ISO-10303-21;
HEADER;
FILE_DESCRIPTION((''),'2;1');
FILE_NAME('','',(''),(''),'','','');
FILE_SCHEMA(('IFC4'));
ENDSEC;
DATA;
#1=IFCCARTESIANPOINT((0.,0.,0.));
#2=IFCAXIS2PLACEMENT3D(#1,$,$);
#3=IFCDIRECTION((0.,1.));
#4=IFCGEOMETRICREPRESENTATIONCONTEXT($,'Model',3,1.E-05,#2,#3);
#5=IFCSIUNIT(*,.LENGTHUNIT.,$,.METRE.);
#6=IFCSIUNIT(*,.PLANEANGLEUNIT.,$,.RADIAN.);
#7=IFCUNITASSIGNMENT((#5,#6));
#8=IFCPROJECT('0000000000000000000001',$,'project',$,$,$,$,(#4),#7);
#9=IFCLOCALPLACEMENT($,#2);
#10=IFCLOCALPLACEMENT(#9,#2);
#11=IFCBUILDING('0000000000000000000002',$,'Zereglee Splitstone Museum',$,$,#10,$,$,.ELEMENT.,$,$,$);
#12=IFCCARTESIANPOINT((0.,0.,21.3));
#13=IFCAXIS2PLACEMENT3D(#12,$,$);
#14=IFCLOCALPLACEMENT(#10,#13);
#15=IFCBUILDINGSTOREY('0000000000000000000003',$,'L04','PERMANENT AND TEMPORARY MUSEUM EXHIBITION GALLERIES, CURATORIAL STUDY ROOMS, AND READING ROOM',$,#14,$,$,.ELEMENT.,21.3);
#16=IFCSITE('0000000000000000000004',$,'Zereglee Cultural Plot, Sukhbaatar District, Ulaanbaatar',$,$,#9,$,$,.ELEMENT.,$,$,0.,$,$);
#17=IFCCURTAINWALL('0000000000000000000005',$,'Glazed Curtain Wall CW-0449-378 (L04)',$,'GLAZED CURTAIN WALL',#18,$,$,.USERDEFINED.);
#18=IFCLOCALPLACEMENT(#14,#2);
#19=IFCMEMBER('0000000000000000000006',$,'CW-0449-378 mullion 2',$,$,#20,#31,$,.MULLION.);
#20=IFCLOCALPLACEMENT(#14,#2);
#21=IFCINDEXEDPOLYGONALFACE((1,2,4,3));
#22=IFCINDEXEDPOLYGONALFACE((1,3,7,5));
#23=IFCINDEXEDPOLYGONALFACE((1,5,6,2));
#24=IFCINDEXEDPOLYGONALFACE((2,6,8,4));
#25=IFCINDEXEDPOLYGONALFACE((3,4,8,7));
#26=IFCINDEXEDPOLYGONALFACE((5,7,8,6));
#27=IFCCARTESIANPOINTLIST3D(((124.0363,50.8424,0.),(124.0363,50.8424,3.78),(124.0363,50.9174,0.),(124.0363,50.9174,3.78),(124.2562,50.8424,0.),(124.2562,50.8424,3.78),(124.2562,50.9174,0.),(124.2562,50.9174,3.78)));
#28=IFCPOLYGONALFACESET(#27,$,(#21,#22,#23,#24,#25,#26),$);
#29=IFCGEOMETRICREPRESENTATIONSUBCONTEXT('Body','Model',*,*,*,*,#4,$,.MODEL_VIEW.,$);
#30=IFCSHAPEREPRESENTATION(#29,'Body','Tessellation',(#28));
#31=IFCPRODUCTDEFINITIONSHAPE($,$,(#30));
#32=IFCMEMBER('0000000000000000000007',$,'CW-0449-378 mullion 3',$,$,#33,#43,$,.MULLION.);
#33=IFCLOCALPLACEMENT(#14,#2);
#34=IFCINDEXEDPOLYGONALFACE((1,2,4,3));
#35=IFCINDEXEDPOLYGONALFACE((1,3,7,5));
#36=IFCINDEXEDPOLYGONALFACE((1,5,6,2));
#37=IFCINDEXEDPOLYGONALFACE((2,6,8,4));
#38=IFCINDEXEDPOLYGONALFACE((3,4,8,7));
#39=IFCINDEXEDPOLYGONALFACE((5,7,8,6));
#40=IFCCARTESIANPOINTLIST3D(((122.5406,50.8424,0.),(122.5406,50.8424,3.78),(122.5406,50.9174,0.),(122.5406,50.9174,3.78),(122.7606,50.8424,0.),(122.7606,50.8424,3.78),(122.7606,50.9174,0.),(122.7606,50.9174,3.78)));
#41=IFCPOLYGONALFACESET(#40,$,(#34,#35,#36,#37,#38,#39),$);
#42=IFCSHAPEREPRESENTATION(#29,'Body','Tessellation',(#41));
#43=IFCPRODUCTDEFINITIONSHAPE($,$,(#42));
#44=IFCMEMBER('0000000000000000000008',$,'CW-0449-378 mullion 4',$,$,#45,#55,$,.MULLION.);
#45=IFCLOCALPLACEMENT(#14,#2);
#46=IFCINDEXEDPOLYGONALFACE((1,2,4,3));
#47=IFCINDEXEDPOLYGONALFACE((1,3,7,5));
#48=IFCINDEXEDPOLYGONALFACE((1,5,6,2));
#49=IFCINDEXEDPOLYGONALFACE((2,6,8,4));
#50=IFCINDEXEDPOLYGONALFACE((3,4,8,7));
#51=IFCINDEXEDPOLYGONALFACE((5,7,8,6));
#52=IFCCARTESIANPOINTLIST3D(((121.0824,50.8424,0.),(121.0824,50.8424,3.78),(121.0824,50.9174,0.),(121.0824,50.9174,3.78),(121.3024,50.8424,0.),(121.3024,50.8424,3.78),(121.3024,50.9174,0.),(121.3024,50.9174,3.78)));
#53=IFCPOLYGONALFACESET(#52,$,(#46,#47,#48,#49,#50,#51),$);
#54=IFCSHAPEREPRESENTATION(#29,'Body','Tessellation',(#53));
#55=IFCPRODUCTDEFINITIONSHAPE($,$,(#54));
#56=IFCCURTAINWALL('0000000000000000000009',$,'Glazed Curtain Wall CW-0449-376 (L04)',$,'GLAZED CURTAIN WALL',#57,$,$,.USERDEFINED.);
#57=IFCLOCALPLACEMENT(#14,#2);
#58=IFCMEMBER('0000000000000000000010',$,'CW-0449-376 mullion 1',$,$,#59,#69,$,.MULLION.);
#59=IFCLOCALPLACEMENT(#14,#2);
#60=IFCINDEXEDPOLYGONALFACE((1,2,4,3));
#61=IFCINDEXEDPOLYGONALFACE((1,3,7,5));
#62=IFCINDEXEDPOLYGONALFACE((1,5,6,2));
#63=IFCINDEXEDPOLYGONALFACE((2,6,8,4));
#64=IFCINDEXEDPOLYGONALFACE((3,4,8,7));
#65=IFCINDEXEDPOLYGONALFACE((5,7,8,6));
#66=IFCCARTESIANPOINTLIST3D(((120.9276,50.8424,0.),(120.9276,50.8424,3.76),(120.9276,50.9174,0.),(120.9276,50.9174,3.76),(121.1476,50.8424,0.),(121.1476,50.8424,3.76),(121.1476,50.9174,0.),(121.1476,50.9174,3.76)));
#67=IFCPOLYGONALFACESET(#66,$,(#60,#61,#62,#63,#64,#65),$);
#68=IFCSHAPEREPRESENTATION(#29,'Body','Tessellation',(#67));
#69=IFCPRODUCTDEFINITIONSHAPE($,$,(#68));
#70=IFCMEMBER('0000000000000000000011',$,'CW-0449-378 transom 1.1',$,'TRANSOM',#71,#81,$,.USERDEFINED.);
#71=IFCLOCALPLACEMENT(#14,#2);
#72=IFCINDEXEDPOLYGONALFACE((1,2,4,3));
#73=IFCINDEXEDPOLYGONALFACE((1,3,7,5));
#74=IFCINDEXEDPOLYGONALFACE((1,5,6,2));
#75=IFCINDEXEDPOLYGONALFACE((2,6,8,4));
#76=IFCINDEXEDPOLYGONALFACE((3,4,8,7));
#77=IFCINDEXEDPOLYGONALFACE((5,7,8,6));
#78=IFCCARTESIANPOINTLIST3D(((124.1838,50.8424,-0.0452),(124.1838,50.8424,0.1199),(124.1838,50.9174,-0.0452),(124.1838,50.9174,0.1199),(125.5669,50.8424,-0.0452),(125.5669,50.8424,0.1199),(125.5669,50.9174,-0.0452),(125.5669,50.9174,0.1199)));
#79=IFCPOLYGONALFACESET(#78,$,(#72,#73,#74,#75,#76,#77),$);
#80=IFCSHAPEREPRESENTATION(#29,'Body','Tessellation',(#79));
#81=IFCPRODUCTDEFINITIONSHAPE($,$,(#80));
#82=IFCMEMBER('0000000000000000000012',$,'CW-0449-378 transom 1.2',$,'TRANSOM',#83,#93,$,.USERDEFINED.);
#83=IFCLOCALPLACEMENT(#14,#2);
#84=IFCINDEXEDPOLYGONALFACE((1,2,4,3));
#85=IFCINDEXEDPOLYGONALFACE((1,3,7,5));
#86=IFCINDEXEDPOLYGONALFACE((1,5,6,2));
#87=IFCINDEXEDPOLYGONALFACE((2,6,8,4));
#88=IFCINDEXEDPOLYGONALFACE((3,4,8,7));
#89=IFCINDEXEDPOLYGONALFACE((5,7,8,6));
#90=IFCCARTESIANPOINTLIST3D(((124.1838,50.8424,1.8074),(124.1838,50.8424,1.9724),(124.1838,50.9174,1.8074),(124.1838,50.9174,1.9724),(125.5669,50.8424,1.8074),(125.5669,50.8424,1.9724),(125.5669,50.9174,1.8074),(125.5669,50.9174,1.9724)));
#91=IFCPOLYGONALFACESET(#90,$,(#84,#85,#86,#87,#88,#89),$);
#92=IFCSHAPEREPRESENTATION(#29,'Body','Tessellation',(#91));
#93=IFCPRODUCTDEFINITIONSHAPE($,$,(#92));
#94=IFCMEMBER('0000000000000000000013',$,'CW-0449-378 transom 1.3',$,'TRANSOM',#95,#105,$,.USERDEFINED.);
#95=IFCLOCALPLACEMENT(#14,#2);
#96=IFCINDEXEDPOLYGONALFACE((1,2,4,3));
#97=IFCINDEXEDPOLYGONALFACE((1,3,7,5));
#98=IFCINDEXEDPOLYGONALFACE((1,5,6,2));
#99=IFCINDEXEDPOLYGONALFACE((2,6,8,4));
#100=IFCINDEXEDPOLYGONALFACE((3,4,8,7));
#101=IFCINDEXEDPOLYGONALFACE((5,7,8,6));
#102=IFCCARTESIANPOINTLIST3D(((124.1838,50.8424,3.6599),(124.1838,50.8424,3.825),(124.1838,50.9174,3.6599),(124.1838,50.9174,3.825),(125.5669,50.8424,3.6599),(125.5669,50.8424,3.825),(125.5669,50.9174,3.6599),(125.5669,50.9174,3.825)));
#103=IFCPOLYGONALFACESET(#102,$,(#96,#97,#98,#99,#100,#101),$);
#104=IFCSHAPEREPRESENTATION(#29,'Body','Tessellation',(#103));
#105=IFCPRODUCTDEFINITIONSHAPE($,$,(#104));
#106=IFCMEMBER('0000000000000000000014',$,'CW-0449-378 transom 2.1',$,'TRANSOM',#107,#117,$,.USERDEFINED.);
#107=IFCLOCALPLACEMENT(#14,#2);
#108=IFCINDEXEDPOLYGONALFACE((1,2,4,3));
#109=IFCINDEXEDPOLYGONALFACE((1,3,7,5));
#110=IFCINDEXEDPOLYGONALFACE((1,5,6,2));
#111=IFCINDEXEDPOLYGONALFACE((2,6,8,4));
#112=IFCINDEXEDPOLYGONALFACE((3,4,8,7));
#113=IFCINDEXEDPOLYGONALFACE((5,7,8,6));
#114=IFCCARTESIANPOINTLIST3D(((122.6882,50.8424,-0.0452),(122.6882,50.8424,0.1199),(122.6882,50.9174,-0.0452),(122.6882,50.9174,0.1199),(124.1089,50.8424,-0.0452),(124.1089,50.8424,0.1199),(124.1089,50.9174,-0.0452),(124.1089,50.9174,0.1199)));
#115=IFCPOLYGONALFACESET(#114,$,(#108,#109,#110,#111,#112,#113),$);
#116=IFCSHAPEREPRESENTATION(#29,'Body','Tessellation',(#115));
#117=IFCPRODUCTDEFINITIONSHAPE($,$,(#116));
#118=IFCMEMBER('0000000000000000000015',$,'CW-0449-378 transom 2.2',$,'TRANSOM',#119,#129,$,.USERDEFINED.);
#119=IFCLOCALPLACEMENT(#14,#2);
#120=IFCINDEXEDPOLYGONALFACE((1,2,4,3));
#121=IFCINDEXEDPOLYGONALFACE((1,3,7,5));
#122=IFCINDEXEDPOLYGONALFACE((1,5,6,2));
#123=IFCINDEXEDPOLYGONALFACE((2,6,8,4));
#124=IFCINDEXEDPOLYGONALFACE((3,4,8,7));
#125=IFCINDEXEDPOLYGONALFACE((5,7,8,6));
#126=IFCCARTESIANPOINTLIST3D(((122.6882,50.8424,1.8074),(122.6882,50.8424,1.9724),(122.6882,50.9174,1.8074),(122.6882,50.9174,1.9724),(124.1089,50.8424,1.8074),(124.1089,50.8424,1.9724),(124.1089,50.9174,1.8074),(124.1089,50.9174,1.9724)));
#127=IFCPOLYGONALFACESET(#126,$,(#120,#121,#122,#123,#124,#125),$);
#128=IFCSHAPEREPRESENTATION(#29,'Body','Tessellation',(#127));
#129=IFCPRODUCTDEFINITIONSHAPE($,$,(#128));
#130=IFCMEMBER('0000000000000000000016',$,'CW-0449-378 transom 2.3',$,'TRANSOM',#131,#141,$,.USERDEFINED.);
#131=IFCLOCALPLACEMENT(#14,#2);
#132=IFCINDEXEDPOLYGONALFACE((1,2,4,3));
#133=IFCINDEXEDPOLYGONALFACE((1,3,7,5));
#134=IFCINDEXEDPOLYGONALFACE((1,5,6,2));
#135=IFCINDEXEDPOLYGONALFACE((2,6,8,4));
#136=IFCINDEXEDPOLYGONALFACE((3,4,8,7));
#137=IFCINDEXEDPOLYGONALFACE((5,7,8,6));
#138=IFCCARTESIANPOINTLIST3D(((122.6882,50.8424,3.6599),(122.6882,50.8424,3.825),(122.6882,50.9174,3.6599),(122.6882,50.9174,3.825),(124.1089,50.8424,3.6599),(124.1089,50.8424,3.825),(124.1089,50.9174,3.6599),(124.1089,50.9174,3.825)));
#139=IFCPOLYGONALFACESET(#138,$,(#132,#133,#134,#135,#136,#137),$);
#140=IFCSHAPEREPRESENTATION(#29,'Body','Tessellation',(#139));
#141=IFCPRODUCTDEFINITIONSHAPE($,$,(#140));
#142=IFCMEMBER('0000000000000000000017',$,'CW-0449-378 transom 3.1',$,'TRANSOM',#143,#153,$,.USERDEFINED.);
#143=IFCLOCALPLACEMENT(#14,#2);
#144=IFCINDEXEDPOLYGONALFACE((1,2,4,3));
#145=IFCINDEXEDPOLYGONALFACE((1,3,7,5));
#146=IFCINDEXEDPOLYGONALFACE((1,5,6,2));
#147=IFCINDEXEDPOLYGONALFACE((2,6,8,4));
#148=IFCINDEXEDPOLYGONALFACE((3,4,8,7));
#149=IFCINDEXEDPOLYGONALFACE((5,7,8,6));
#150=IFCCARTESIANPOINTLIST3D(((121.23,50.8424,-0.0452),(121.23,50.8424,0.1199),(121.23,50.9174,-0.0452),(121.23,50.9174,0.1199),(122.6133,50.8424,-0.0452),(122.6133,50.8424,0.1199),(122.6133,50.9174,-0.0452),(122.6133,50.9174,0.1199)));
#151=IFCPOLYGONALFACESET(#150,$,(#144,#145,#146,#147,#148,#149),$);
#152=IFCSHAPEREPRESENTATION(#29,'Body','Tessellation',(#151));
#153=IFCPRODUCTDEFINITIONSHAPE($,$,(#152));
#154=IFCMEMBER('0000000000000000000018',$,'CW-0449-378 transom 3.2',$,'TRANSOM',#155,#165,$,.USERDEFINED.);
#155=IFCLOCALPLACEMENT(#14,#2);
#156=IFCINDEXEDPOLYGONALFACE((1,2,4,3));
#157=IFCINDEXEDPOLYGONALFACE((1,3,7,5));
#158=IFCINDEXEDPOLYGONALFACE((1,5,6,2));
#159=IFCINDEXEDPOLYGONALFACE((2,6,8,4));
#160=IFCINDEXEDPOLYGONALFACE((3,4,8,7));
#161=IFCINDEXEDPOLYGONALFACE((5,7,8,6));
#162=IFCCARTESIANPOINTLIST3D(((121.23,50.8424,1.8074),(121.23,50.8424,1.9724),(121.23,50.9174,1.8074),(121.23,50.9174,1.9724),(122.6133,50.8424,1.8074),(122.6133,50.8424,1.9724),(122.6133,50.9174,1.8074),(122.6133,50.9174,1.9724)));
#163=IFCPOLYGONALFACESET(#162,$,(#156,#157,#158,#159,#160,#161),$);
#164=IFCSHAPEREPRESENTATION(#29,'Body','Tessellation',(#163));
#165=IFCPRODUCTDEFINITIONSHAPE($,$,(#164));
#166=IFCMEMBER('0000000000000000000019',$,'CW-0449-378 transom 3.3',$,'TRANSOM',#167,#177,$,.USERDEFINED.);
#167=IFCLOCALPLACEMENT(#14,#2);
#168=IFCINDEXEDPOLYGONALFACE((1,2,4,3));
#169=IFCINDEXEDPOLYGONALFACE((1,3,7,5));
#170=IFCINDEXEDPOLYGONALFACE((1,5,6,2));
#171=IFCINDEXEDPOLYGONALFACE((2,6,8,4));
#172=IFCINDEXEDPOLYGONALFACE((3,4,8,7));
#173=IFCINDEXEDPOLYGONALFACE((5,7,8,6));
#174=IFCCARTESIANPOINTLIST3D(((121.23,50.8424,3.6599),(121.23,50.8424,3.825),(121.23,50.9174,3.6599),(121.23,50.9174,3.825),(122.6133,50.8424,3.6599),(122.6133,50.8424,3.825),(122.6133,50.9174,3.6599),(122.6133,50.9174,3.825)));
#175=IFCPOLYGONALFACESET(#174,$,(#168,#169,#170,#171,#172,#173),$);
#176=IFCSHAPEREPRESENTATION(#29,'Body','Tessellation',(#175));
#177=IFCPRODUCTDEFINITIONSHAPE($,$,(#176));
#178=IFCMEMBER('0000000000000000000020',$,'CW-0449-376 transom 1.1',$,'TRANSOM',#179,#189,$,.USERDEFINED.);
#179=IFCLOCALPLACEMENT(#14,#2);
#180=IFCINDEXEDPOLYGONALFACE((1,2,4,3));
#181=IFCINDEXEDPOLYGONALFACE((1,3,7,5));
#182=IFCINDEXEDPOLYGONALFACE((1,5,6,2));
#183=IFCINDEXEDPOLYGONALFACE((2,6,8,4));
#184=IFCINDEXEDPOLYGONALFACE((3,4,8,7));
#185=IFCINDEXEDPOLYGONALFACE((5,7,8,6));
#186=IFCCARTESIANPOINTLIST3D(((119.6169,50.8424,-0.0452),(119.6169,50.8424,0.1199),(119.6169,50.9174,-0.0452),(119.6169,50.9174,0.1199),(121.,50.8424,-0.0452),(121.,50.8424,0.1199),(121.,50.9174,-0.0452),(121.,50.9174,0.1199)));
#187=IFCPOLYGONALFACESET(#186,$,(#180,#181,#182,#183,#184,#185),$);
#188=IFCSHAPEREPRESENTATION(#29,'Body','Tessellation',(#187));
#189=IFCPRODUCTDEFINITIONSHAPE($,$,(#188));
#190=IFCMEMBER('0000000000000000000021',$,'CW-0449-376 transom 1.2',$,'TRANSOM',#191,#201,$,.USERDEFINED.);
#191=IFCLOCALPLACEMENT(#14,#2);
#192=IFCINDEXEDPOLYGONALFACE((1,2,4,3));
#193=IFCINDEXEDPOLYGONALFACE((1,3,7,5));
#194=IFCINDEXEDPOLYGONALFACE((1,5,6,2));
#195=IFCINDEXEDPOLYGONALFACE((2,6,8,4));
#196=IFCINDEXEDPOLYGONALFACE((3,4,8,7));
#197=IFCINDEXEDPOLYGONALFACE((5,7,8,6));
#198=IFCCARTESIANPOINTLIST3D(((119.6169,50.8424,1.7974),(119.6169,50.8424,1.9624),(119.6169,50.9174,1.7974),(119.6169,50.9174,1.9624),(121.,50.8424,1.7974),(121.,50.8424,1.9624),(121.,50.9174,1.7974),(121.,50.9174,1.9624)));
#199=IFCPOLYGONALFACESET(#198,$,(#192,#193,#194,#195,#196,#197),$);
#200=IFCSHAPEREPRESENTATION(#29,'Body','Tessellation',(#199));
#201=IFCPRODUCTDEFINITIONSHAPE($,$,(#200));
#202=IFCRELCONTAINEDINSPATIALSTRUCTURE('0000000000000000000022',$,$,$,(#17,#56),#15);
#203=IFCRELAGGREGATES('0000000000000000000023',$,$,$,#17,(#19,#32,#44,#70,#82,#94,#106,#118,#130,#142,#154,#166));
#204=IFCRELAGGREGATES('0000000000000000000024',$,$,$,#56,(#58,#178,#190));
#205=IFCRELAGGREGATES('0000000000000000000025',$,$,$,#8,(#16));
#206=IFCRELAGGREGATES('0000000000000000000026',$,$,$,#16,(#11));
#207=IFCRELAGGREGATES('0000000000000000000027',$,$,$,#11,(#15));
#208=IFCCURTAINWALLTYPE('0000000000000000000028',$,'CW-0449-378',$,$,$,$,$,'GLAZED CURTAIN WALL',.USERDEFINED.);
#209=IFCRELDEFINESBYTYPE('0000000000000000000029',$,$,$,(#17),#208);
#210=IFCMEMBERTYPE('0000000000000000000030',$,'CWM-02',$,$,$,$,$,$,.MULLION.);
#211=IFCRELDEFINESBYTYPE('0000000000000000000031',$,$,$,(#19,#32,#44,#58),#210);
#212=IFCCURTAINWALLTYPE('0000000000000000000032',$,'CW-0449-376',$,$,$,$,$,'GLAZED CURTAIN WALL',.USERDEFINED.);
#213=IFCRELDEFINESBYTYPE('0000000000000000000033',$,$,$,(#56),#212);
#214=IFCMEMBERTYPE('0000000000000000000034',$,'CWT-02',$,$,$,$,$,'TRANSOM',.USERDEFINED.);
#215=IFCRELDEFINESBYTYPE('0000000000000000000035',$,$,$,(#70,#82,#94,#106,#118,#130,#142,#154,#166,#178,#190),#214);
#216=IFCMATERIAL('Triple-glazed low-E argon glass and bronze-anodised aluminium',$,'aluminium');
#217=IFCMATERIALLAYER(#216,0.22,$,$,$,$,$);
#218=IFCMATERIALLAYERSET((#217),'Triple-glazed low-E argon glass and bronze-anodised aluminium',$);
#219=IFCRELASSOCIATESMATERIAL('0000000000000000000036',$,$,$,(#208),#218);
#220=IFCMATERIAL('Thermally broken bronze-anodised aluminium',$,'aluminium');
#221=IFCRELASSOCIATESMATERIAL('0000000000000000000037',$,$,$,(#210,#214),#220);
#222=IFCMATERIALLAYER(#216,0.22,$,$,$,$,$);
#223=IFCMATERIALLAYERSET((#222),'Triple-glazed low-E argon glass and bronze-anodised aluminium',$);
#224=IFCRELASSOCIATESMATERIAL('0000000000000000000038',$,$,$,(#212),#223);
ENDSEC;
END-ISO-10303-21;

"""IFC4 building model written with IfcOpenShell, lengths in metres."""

from ifc_helpers import new_model, si_unit, direction, frame, origin, origin_2d, place, context, subcontext, project, spatial, rectangle, extrude, material, layer, layer_set, material_profile, profile_set, type_object, element, aggregate, save


model = new_model("IFC4")

# Units and contexts
model_context = context("Model", 3, precision=1e-05, world=origin(), true_north=direction((0.0, 1.0)))
body_context = subcontext(model_context, "Body", "Model", "MODEL_VIEW")
ifc_project = project(units=[si_unit("LENGTHUNIT", "METRE"), si_unit("PLANEANGLEUNIT", "RADIAN")], contexts=[model_context])

# Site, building, storey
site_placement = place(None, origin())
site = spatial("IfcSite", under=ifc_project, at=site_placement, Name="Zereglee Cultural Plot, Sukhbaatar District, Ulaanbaatar", CompositionType="ELEMENT", RefElevation=0.0)
building_placement = place(site_placement, origin())
building = spatial("IfcBuilding", under=site, at=building_placement, Name="Zereglee Splitstone Museum", CompositionType="ELEMENT")
storey_placement = place(building_placement, frame((0.0, 0.0, 21.3)))
storey = spatial("IfcBuildingStorey", under=building, at=storey_placement, Name="L04", Description="PERMANENT AND TEMPORARY MUSEUM EXHIBITION GALLERIES, CURATORIAL STUDY ROOMS, AND READING ROOM", CompositionType="ELEMENT", Elevation=21.3)

# Curtain wall, members
ifc_material_1 = material(Name="Triple-glazed low-E argon glass and bronze-anodised aluminium", Category="aluminium")
ifc_layer_1 = layer(ifc_material_1, 0.22)
ifc_layer_set_1 = layer_set([ifc_layer_1], Name="Triple-glazed low-E argon glass and bronze-anodised aluminium")
curtain_wall_type_1 = type_object("IfcCurtainWallType", Name="CW-0449-378", ElementType="GLAZED CURTAIN WALL", PredefinedType="USERDEFINED", material=ifc_layer_set_1)
curtain_wall_1_placement = place(storey_placement, origin())
curtain_wall_1 = element("IfcCurtainWall", 1, at=curtain_wall_1_placement, inside=storey, type_object=curtain_wall_type_1, Name="Glazed Curtain Wall CW-0449-378 (L04)", ObjectType="GLAZED CURTAIN WALL", PredefinedType="USERDEFINED")
ifc_material_2 = material(Name="Thermally broken bronze-anodised aluminium", Category="aluminium")
ifc_material_profile_1 = material_profile(ifc_material_2, rectangle(XDim=0.075, YDim=0.22, at=origin_2d()), Name="CW MULL 75x220")
ifc_profile_set_1 = profile_set([ifc_material_profile_1], Name="Thermally broken bronze-anodised aluminium")
member_type_1 = type_object("IfcMemberType", Name="CWM-02", PredefinedType="MULLION", material=ifc_profile_set_1)
member_1_placement = place(storey_placement, frame((124.1462, 50.8799, 0.0), z_axis=(0.0, 0.0, 1.0), x_axis=(0.0, -1.0, 0.0)))
member_1 = element("IfcMember", 2, at=member_1_placement, type_object=member_type_1, Name="CW-0449-378 mullion 2", PredefinedType="MULLION", context=body_context, shape_type="SweptSolid", body=[
    extrude(rectangle(XDim=0.075, YDim=0.22, at=origin_2d()), origin(), (0.0, 0.0, 1.0), 3.78),
])
member_2_placement = place(storey_placement, frame((122.6506, 50.8799, 0.0), z_axis=(0.0, 0.0, 1.0), x_axis=(0.0, -1.0, 0.0)))
member_2 = element("IfcMember", 3, at=member_2_placement, type_object=member_type_1, Name="CW-0449-378 mullion 3", PredefinedType="MULLION", context=body_context, shape_type="SweptSolid", body=[
    extrude(rectangle(XDim=0.075, YDim=0.22, at=origin_2d()), origin(), (0.0, 0.0, 1.0), 3.78),
])
member_3_placement = place(storey_placement, frame((121.1924, 50.8799, 0.0), z_axis=(0.0, 0.0, 1.0), x_axis=(0.0, -1.0, 0.0)))
member_3 = element("IfcMember", 4, at=member_3_placement, type_object=member_type_1, Name="CW-0449-378 mullion 4", PredefinedType="MULLION", context=body_context, shape_type="SweptSolid", body=[
    extrude(rectangle(XDim=0.075, YDim=0.22, at=origin_2d()), origin(), (0.0, 0.0, 1.0), 3.78),
])

# Curtain wall, member
ifc_layer_2 = layer(ifc_material_1, 0.22)
ifc_layer_set_2 = layer_set([ifc_layer_2], Name="Triple-glazed low-E argon glass and bronze-anodised aluminium")
curtain_wall_type_2 = type_object("IfcCurtainWallType", Name="CW-0449-376", ElementType="GLAZED CURTAIN WALL", PredefinedType="USERDEFINED", material=ifc_layer_set_2)
curtain_wall_2_placement = place(storey_placement, origin())
curtain_wall_2 = element("IfcCurtainWall", 5, at=curtain_wall_2_placement, inside=storey, type_object=curtain_wall_type_2, Name="Glazed Curtain Wall CW-0449-376 (L04)", ObjectType="GLAZED CURTAIN WALL", PredefinedType="USERDEFINED")
member_4_placement = place(storey_placement, frame((121.0376, 50.8799, 0.0), z_axis=(0.0, 0.0, 1.0), x_axis=(0.0, -1.0, 0.0)))
member_4 = element("IfcMember", 6, at=member_4_placement, type_object=member_type_1, Name="CW-0449-376 mullion 1", PredefinedType="MULLION", context=body_context, shape_type="SweptSolid", body=[
    extrude(rectangle(XDim=0.075, YDim=0.22, at=origin_2d()), origin(), (0.0, 0.0, 1.0), 3.76),
])

# Members
ifc_material_profile_2 = material_profile(ifc_material_2, rectangle(XDim=0.075, YDim=0.165, at=origin_2d()), Name="CW TRAN 75x165")
ifc_profile_set_2 = profile_set([ifc_material_profile_2], Name="Thermally broken bronze-anodised aluminium")
member_type_2 = type_object("IfcMemberType", Name="CWT-02", ElementType="TRANSOM", PredefinedType="USERDEFINED", material=ifc_profile_set_2)
member_5_placement = place(storey_placement, frame((125.5669, 50.8799, 0.0374), z_axis=(-1.0, 0.0, 0.0), x_axis=(0.0, -1.0, 0.0)))
member_5 = element("IfcMember", 7, at=member_5_placement, type_object=member_type_2, Name="CW-0449-378 transom 1.1", ObjectType="TRANSOM", PredefinedType="USERDEFINED", context=body_context, shape_type="SweptSolid", body=[
    extrude(rectangle(XDim=0.075, YDim=0.165, at=origin_2d()), origin(), (0.0, 0.0, 1.0), 1.3831),
])
member_6_placement = place(storey_placement, frame((125.5669, 50.8799, 1.8899), z_axis=(-1.0, 0.0, 0.0), x_axis=(0.0, -1.0, 0.0)))
member_6 = element("IfcMember", 8, at=member_6_placement, type_object=member_type_2, Name="CW-0449-378 transom 1.2", ObjectType="TRANSOM", PredefinedType="USERDEFINED", context=body_context, shape_type="SweptSolid", body=[
    extrude(rectangle(XDim=0.075, YDim=0.165, at=origin_2d()), origin(), (0.0, 0.0, 1.0), 1.3831),
])
member_7_placement = place(storey_placement, frame((125.5669, 50.8799, 3.7424), z_axis=(-1.0, 0.0, 0.0), x_axis=(0.0, -1.0, 0.0)))
member_7 = element("IfcMember", 9, at=member_7_placement, type_object=member_type_2, Name="CW-0449-378 transom 1.3", ObjectType="TRANSOM", PredefinedType="USERDEFINED", context=body_context, shape_type="SweptSolid", body=[
    extrude(rectangle(XDim=0.075, YDim=0.165, at=origin_2d()), origin(), (0.0, 0.0, 1.0), 1.3831),
])
member_8_placement = place(storey_placement, frame((124.1089, 50.8799, 0.0374), z_axis=(-1.0, 0.0, 0.0), x_axis=(0.0, -1.0, 0.0)))
member_8 = element("IfcMember", 10, at=member_8_placement, type_object=member_type_2, Name="CW-0449-378 transom 2.1", ObjectType="TRANSOM", PredefinedType="USERDEFINED", context=body_context, shape_type="SweptSolid", body=[
    extrude(rectangle(XDim=0.075, YDim=0.165, at=origin_2d()), origin(), (0.0, 0.0, 1.0), 1.4207),
])
member_9_placement = place(storey_placement, frame((124.1089, 50.8799, 1.8899), z_axis=(-1.0, 0.0, 0.0), x_axis=(0.0, -1.0, 0.0)))
member_9 = element("IfcMember", 11, at=member_9_placement, type_object=member_type_2, Name="CW-0449-378 transom 2.2", ObjectType="TRANSOM", PredefinedType="USERDEFINED", context=body_context, shape_type="SweptSolid", body=[
    extrude(rectangle(XDim=0.075, YDim=0.165, at=origin_2d()), origin(), (0.0, 0.0, 1.0), 1.4207),
])
member_10_placement = place(storey_placement, frame((124.1089, 50.8799, 3.7424), z_axis=(-1.0, 0.0, 0.0), x_axis=(0.0, -1.0, 0.0)))
member_10 = element("IfcMember", 12, at=member_10_placement, type_object=member_type_2, Name="CW-0449-378 transom 2.3", ObjectType="TRANSOM", PredefinedType="USERDEFINED", context=body_context, shape_type="SweptSolid", body=[
    extrude(rectangle(XDim=0.075, YDim=0.165, at=origin_2d()), origin(), (0.0, 0.0, 1.0), 1.4207),
])
member_11_placement = place(storey_placement, frame((122.6133, 50.8799, 0.0374), z_axis=(-1.0, 0.0, 0.0), x_axis=(0.0, -1.0, 0.0)))
member_11 = element("IfcMember", 13, at=member_11_placement, type_object=member_type_2, Name="CW-0449-378 transom 3.1", ObjectType="TRANSOM", PredefinedType="USERDEFINED", context=body_context, shape_type="SweptSolid", body=[
    extrude(rectangle(XDim=0.075, YDim=0.165, at=origin_2d()), origin(), (0.0, 0.0, 1.0), 1.3833),
])
member_12_placement = place(storey_placement, frame((122.6133, 50.8799, 1.8899), z_axis=(-1.0, 0.0, 0.0), x_axis=(0.0, -1.0, 0.0)))
member_12 = element("IfcMember", 14, at=member_12_placement, type_object=member_type_2, Name="CW-0449-378 transom 3.2", ObjectType="TRANSOM", PredefinedType="USERDEFINED", context=body_context, shape_type="SweptSolid", body=[
    extrude(rectangle(XDim=0.075, YDim=0.165, at=origin_2d()), origin(), (0.0, 0.0, 1.0), 1.3833),
])
member_13_placement = place(storey_placement, frame((122.6133, 50.8799, 3.7424), z_axis=(-1.0, 0.0, 0.0), x_axis=(0.0, -1.0, 0.0)))
member_13 = element("IfcMember", 15, at=member_13_placement, type_object=member_type_2, Name="CW-0449-378 transom 3.3", ObjectType="TRANSOM", PredefinedType="USERDEFINED", context=body_context, shape_type="SweptSolid", body=[
    extrude(rectangle(XDim=0.075, YDim=0.165, at=origin_2d()), origin(), (0.0, 0.0, 1.0), 1.3833),
])
member_14_placement = place(storey_placement, frame((121.0, 50.8799, 0.0374), z_axis=(-1.0, 0.0, 0.0), x_axis=(0.0, -1.0, 0.0)))
member_14 = element("IfcMember", 16, at=member_14_placement, type_object=member_type_2, Name="CW-0449-376 transom 1.1", ObjectType="TRANSOM", PredefinedType="USERDEFINED", context=body_context, shape_type="SweptSolid", body=[
    extrude(rectangle(XDim=0.075, YDim=0.165, at=origin_2d()), origin(), (0.0, 0.0, 1.0), 1.3831),
])
member_15_placement = place(storey_placement, frame((121.0, 50.8799, 1.8799), z_axis=(-1.0, 0.0, 0.0), x_axis=(0.0, -1.0, 0.0)))
member_15 = element("IfcMember", 17, at=member_15_placement, type_object=member_type_2, Name="CW-0449-376 transom 1.2", ObjectType="TRANSOM", PredefinedType="USERDEFINED", context=body_context, shape_type="SweptSolid", body=[
    extrude(rectangle(XDim=0.075, YDim=0.165, at=origin_2d()), origin(), (0.0, 0.0, 1.0), 1.3831),
])

aggregate(curtain_wall_1, [member_1, member_2, member_3, member_5, member_6, member_7, member_8, member_9, member_10, member_11, member_12, member_13])
aggregate(curtain_wall_2, [member_4, member_14, member_15])

save(model, "model.ifc")
